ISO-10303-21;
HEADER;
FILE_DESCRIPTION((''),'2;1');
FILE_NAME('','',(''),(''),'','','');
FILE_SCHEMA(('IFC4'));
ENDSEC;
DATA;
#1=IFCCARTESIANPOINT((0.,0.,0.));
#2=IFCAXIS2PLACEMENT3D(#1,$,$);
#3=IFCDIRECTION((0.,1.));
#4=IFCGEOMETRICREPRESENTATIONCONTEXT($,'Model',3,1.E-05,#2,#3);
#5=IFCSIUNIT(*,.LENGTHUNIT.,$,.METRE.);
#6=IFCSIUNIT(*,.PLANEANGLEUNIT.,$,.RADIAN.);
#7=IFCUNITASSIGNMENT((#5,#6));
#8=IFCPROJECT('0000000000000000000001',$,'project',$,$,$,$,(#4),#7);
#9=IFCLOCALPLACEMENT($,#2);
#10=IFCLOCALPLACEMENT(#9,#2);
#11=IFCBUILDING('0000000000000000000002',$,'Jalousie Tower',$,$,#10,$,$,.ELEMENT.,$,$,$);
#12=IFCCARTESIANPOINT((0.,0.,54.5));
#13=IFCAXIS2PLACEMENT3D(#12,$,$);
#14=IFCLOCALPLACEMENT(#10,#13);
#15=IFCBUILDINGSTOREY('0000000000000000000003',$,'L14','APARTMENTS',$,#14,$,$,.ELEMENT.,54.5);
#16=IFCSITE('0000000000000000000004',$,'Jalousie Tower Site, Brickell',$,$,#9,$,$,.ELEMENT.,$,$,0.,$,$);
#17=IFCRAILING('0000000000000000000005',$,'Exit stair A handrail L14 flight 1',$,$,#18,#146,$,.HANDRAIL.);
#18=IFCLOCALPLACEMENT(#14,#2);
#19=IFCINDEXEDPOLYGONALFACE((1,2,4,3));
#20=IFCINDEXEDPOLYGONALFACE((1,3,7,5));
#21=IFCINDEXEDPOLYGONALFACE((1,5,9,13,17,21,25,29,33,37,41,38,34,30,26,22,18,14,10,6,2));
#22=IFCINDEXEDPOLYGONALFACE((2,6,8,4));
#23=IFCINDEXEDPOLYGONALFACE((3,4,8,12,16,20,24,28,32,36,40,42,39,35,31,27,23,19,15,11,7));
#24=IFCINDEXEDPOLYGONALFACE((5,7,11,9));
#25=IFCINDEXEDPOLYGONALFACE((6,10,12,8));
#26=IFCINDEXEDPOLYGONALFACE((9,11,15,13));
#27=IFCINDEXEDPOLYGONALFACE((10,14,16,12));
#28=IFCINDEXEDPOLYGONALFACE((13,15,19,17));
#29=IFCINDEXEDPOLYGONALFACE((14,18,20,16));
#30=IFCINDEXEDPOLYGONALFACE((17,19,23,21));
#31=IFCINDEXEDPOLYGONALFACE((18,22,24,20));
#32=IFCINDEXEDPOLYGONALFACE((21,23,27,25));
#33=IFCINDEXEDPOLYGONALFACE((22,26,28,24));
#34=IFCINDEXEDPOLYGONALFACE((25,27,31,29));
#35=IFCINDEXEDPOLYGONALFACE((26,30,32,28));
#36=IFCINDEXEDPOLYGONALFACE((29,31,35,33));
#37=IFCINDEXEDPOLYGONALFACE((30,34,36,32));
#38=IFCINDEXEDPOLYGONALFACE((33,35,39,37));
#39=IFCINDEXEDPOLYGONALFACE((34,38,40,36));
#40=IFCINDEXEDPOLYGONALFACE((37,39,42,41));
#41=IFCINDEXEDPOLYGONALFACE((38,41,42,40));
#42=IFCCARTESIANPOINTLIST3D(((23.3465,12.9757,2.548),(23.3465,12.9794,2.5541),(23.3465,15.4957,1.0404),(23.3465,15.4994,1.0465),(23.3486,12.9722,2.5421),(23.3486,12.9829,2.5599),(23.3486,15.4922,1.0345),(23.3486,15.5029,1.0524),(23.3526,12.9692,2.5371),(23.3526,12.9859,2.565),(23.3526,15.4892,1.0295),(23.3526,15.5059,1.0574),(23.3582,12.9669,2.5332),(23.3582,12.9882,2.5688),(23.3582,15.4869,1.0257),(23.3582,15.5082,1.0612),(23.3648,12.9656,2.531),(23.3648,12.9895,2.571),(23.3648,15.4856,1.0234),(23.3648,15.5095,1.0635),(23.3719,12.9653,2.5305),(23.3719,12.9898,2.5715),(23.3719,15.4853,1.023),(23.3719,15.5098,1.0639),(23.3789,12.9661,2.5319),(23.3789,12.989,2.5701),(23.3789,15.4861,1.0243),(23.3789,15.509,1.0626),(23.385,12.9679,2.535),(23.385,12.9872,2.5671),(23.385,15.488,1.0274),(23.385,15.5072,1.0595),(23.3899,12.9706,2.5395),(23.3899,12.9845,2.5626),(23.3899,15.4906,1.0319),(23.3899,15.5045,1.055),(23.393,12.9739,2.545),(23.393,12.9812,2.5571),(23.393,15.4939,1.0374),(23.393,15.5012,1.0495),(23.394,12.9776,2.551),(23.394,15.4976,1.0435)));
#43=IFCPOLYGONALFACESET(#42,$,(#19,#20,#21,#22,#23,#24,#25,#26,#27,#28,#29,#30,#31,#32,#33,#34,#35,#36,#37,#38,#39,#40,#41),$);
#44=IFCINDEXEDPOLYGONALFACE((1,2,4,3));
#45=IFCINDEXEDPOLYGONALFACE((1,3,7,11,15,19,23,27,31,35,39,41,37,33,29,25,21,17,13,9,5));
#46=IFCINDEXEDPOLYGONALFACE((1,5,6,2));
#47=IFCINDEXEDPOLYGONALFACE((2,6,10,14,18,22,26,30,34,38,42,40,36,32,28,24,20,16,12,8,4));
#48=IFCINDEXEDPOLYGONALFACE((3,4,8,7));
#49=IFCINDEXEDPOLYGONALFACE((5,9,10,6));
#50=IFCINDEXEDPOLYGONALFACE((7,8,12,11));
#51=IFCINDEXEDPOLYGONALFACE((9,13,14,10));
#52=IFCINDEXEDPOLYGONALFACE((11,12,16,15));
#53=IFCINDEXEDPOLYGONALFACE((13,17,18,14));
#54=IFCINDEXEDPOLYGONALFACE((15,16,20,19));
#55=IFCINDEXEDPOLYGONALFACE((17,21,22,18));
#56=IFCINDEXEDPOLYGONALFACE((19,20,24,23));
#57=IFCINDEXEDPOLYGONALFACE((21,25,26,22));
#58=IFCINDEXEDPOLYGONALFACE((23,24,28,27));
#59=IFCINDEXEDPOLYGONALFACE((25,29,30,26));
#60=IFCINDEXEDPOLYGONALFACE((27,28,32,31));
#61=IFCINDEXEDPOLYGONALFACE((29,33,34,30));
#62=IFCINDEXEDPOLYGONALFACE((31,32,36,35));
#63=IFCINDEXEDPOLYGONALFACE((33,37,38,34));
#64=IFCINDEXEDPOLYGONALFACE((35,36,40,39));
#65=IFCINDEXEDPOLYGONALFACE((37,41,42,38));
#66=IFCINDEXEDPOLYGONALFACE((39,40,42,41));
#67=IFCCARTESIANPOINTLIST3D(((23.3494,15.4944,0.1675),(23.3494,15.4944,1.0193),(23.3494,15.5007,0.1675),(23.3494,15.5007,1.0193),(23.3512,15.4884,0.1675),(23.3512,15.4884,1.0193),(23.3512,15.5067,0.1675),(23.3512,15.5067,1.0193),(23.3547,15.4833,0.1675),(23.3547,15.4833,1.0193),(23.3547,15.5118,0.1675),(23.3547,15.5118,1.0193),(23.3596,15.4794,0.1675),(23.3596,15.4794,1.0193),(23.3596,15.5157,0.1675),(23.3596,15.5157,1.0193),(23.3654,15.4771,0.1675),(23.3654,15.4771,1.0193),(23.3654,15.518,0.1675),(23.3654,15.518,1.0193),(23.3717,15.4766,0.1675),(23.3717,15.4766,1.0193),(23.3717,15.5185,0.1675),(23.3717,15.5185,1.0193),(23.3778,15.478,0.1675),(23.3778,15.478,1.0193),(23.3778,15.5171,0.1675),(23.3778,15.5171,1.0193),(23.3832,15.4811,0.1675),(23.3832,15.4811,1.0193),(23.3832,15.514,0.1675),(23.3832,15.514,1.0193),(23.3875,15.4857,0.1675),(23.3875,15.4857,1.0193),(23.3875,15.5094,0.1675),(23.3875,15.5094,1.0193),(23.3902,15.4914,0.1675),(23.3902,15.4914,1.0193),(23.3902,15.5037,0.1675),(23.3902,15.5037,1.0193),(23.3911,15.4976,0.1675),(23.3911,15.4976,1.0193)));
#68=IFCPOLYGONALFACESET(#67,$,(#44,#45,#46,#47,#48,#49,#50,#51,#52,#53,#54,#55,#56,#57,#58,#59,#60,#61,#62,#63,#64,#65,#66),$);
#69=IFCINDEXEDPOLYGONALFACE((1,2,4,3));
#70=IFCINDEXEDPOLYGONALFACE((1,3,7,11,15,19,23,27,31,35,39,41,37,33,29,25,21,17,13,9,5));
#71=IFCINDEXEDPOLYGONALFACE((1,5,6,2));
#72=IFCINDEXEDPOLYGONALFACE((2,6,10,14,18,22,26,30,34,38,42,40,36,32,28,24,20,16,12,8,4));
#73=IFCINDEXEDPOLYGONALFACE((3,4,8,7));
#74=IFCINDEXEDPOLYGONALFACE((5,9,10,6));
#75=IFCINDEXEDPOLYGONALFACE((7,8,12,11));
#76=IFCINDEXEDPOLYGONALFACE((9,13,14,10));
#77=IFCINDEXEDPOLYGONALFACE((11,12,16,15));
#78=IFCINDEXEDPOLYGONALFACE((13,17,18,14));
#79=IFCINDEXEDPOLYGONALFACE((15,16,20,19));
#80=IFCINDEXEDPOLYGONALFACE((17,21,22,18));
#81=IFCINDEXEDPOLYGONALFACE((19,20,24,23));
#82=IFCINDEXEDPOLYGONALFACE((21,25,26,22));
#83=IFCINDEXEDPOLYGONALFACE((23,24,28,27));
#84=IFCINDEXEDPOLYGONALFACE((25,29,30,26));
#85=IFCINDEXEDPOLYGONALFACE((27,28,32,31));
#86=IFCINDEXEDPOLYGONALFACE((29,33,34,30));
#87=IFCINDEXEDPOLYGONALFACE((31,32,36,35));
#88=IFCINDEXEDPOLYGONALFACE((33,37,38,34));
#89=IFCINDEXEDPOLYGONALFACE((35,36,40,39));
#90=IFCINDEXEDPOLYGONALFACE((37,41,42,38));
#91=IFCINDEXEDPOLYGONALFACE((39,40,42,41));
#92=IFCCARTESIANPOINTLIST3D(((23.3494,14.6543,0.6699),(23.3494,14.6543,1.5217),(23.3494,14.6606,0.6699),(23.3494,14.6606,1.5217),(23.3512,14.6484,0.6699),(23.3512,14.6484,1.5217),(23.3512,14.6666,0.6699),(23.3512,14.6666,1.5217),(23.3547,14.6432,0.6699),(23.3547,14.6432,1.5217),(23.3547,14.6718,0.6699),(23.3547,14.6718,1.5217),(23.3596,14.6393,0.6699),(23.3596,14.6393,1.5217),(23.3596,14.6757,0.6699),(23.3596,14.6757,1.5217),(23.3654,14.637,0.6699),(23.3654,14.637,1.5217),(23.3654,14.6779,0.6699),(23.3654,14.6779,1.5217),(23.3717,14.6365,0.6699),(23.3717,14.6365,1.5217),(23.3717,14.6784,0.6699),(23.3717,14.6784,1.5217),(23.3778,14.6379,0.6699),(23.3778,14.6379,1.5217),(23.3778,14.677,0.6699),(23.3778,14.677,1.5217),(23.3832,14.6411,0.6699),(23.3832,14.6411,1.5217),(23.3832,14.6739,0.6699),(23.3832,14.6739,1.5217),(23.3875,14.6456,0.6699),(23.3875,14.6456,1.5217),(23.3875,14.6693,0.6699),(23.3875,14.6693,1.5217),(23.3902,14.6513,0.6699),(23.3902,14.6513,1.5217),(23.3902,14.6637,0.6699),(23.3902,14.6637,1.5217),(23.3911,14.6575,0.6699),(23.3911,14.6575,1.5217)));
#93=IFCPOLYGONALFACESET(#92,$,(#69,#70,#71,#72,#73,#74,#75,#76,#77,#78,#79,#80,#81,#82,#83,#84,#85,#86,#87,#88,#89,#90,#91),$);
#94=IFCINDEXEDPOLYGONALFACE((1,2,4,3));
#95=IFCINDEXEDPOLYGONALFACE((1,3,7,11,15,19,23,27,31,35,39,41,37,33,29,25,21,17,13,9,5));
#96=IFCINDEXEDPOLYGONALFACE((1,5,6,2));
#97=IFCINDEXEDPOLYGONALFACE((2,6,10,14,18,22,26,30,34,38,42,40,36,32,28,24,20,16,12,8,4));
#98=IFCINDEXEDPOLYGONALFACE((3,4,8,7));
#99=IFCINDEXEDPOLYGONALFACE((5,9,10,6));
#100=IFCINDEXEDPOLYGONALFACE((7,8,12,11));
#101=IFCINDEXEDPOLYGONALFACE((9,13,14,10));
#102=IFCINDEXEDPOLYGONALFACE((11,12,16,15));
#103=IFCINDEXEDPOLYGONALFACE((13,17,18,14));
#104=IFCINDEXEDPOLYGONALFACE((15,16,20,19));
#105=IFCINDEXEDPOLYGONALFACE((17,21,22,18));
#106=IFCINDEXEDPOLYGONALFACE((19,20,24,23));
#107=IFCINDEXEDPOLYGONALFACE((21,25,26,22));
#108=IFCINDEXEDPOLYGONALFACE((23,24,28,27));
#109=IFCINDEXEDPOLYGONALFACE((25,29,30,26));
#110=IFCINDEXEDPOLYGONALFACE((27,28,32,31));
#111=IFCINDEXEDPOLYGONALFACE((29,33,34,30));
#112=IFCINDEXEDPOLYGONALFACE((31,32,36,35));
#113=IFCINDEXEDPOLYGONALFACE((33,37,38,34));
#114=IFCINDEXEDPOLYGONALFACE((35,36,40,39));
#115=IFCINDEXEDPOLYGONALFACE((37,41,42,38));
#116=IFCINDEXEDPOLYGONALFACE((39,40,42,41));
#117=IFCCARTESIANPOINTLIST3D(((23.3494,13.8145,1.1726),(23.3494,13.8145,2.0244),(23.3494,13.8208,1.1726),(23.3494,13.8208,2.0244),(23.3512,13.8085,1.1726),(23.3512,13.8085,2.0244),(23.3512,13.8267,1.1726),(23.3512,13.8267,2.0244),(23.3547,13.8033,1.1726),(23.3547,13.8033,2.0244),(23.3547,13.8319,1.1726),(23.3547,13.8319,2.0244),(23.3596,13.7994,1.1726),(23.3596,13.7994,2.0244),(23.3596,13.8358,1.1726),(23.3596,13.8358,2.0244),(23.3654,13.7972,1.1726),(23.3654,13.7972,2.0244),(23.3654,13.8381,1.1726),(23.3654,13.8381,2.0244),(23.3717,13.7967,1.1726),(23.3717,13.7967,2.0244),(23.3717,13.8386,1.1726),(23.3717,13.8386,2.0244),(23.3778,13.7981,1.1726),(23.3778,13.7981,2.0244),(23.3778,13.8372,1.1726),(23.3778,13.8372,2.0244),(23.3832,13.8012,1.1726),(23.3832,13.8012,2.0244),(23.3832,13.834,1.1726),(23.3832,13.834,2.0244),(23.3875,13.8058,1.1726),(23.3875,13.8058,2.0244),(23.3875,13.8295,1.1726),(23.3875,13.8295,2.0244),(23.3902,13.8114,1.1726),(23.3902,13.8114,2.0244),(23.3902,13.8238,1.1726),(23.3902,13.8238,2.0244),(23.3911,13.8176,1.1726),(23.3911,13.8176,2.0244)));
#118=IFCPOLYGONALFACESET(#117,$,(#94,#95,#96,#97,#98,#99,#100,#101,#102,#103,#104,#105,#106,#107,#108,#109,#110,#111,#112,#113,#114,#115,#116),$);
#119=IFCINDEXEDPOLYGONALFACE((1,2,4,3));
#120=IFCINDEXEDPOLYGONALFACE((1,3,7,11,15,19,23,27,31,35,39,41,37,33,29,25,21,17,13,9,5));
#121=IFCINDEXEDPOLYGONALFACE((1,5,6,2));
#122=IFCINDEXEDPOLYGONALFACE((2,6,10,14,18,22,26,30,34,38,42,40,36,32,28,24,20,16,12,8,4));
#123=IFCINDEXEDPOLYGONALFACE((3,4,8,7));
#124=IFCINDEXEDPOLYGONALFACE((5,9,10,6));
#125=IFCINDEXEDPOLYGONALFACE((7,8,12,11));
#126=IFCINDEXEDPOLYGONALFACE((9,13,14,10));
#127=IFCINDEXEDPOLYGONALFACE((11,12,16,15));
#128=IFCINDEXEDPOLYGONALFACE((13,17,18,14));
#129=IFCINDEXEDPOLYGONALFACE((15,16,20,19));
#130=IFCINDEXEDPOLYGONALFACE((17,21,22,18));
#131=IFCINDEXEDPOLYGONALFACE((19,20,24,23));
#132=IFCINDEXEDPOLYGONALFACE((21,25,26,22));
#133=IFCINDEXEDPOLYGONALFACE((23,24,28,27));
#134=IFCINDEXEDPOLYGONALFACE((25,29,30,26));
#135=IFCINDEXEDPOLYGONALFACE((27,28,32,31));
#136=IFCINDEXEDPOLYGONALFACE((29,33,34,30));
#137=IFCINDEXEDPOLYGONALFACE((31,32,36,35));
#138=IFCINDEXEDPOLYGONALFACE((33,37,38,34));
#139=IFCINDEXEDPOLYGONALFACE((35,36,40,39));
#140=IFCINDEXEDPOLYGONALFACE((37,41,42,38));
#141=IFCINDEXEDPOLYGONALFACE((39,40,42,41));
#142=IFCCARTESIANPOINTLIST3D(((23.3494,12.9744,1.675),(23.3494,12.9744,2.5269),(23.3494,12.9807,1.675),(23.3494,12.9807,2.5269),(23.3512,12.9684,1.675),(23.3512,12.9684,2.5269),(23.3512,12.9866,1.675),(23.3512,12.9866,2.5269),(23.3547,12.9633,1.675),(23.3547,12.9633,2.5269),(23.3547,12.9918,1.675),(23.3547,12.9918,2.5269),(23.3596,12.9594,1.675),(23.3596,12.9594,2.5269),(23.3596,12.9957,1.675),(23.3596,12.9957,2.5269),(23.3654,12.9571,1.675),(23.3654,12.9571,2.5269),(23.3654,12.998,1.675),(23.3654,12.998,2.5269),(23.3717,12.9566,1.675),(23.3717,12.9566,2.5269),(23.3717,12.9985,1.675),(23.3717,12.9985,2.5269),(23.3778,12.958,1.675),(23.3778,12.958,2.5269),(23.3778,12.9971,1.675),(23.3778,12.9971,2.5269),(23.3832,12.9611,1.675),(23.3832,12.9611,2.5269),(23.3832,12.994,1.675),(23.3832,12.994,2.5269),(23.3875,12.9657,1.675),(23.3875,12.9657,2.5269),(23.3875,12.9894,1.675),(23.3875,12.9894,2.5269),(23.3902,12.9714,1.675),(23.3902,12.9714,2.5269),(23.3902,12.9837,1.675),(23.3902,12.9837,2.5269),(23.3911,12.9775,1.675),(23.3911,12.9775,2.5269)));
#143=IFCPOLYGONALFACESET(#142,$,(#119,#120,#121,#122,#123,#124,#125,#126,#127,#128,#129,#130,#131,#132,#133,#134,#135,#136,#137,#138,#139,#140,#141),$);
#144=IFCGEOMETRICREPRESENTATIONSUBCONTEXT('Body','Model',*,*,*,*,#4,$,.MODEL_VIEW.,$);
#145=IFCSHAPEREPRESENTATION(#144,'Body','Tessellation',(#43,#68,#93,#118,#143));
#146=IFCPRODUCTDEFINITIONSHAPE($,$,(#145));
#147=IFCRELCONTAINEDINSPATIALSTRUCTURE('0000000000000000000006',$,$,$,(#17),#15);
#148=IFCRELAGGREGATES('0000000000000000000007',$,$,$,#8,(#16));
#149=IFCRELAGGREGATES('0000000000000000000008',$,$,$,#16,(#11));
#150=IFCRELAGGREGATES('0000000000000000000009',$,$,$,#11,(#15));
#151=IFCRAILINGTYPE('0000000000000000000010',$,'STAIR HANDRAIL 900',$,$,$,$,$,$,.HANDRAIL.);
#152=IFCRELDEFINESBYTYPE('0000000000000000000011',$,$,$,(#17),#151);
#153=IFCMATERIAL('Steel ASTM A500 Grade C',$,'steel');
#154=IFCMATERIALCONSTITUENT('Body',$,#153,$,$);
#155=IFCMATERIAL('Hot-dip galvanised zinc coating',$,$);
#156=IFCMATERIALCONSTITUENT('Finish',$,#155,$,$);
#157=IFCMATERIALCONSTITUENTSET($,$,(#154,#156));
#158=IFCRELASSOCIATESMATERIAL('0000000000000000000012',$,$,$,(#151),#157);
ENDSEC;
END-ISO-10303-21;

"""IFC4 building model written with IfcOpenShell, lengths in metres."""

from ifc_helpers import new_model, si_unit, direction, frame, origin, origin_2d, place, context, subcontext, project, spatial, circle, extrude, material, constituent, constituent_set, type_object, element, save


model = new_model("IFC4")

# Units and contexts
model_context = context("Model", 3, precision=1e-05, world=origin(), true_north=direction((0.0, 1.0)))
body_context = subcontext(model_context, "Body", "Model", "MODEL_VIEW")
ifc_project = project(units=[si_unit("LENGTHUNIT", "METRE"), si_unit("PLANEANGLEUNIT", "RADIAN")], contexts=[model_context])

# Site, building, storey
site_placement = place(None, origin())
site = spatial("IfcSite", under=ifc_project, at=site_placement, Name="Jalousie Tower Site, Brickell", CompositionType="ELEMENT", RefElevation=0.0)
building_placement = place(site_placement, origin())
building = spatial("IfcBuilding", under=site, at=building_placement, Name="Jalousie Tower", CompositionType="ELEMENT")
storey_placement = place(building_placement, frame((0.0, 0.0, 54.5)))
storey = spatial("IfcBuildingStorey", under=building, at=storey_placement, Name="L14", Description="APARTMENTS", CompositionType="ELEMENT", Elevation=54.5)

# Railing
ifc_material_1 = material(Name="Steel ASTM A500 Grade C", Category="steel")
ifc_constituent_1 = constituent(ifc_material_1, Name="Body")
ifc_material_2 = material(Name="Hot-dip galvanised zinc coating")
ifc_constituent_2 = constituent(ifc_material_2, Name="Finish")
ifc_constituent_set_1 = constituent_set(constituents=[ifc_constituent_1, ifc_constituent_2])
railing_type_1 = type_object("IfcRailingType", Name="STAIR HANDRAIL 900", PredefinedType="HANDRAIL", material=ifc_constituent_set_1)
railing_1_placement = place(storey_placement, frame((23.3701, 15.4976, 0.1675)))
element("IfcRailing", 1, at=railing_1_placement, inside=storey, type_object=railing_type_1, Name="Exit stair A handrail L14 flight 1", PredefinedType="HANDRAIL", context=body_context, shape_type="SweptSolid", body=[
    extrude(circle(Radius=0.0239, at=origin_2d()), frame((0.0, 0.0, 0.876), z_axis=(0.0, -0.85816, 0.513383), x_axis=(1.0, 0.0, 0.0)), (0.0, 0.0, 1.0), 2.9365),
    extrude(circle(Radius=0.021, at=origin_2d()), origin(), (0.0, 0.0, 1.0), 0.8518),
    extrude(circle(Radius=0.021, at=origin_2d()), frame((0.0, -0.8401, 0.5024)), (0.0, 0.0, 1.0), 0.8518),
    extrude(circle(Radius=0.021, at=origin_2d()), frame((0.0, -1.6799, 1.0051)), (0.0, 0.0, 1.0), 0.8518),
    extrude(circle(Radius=0.021, at=origin_2d()), frame((0.0, -2.52, 1.5076)), (0.0, 0.0, 1.0), 0.8518),
])

save(model, "model.ifc")
